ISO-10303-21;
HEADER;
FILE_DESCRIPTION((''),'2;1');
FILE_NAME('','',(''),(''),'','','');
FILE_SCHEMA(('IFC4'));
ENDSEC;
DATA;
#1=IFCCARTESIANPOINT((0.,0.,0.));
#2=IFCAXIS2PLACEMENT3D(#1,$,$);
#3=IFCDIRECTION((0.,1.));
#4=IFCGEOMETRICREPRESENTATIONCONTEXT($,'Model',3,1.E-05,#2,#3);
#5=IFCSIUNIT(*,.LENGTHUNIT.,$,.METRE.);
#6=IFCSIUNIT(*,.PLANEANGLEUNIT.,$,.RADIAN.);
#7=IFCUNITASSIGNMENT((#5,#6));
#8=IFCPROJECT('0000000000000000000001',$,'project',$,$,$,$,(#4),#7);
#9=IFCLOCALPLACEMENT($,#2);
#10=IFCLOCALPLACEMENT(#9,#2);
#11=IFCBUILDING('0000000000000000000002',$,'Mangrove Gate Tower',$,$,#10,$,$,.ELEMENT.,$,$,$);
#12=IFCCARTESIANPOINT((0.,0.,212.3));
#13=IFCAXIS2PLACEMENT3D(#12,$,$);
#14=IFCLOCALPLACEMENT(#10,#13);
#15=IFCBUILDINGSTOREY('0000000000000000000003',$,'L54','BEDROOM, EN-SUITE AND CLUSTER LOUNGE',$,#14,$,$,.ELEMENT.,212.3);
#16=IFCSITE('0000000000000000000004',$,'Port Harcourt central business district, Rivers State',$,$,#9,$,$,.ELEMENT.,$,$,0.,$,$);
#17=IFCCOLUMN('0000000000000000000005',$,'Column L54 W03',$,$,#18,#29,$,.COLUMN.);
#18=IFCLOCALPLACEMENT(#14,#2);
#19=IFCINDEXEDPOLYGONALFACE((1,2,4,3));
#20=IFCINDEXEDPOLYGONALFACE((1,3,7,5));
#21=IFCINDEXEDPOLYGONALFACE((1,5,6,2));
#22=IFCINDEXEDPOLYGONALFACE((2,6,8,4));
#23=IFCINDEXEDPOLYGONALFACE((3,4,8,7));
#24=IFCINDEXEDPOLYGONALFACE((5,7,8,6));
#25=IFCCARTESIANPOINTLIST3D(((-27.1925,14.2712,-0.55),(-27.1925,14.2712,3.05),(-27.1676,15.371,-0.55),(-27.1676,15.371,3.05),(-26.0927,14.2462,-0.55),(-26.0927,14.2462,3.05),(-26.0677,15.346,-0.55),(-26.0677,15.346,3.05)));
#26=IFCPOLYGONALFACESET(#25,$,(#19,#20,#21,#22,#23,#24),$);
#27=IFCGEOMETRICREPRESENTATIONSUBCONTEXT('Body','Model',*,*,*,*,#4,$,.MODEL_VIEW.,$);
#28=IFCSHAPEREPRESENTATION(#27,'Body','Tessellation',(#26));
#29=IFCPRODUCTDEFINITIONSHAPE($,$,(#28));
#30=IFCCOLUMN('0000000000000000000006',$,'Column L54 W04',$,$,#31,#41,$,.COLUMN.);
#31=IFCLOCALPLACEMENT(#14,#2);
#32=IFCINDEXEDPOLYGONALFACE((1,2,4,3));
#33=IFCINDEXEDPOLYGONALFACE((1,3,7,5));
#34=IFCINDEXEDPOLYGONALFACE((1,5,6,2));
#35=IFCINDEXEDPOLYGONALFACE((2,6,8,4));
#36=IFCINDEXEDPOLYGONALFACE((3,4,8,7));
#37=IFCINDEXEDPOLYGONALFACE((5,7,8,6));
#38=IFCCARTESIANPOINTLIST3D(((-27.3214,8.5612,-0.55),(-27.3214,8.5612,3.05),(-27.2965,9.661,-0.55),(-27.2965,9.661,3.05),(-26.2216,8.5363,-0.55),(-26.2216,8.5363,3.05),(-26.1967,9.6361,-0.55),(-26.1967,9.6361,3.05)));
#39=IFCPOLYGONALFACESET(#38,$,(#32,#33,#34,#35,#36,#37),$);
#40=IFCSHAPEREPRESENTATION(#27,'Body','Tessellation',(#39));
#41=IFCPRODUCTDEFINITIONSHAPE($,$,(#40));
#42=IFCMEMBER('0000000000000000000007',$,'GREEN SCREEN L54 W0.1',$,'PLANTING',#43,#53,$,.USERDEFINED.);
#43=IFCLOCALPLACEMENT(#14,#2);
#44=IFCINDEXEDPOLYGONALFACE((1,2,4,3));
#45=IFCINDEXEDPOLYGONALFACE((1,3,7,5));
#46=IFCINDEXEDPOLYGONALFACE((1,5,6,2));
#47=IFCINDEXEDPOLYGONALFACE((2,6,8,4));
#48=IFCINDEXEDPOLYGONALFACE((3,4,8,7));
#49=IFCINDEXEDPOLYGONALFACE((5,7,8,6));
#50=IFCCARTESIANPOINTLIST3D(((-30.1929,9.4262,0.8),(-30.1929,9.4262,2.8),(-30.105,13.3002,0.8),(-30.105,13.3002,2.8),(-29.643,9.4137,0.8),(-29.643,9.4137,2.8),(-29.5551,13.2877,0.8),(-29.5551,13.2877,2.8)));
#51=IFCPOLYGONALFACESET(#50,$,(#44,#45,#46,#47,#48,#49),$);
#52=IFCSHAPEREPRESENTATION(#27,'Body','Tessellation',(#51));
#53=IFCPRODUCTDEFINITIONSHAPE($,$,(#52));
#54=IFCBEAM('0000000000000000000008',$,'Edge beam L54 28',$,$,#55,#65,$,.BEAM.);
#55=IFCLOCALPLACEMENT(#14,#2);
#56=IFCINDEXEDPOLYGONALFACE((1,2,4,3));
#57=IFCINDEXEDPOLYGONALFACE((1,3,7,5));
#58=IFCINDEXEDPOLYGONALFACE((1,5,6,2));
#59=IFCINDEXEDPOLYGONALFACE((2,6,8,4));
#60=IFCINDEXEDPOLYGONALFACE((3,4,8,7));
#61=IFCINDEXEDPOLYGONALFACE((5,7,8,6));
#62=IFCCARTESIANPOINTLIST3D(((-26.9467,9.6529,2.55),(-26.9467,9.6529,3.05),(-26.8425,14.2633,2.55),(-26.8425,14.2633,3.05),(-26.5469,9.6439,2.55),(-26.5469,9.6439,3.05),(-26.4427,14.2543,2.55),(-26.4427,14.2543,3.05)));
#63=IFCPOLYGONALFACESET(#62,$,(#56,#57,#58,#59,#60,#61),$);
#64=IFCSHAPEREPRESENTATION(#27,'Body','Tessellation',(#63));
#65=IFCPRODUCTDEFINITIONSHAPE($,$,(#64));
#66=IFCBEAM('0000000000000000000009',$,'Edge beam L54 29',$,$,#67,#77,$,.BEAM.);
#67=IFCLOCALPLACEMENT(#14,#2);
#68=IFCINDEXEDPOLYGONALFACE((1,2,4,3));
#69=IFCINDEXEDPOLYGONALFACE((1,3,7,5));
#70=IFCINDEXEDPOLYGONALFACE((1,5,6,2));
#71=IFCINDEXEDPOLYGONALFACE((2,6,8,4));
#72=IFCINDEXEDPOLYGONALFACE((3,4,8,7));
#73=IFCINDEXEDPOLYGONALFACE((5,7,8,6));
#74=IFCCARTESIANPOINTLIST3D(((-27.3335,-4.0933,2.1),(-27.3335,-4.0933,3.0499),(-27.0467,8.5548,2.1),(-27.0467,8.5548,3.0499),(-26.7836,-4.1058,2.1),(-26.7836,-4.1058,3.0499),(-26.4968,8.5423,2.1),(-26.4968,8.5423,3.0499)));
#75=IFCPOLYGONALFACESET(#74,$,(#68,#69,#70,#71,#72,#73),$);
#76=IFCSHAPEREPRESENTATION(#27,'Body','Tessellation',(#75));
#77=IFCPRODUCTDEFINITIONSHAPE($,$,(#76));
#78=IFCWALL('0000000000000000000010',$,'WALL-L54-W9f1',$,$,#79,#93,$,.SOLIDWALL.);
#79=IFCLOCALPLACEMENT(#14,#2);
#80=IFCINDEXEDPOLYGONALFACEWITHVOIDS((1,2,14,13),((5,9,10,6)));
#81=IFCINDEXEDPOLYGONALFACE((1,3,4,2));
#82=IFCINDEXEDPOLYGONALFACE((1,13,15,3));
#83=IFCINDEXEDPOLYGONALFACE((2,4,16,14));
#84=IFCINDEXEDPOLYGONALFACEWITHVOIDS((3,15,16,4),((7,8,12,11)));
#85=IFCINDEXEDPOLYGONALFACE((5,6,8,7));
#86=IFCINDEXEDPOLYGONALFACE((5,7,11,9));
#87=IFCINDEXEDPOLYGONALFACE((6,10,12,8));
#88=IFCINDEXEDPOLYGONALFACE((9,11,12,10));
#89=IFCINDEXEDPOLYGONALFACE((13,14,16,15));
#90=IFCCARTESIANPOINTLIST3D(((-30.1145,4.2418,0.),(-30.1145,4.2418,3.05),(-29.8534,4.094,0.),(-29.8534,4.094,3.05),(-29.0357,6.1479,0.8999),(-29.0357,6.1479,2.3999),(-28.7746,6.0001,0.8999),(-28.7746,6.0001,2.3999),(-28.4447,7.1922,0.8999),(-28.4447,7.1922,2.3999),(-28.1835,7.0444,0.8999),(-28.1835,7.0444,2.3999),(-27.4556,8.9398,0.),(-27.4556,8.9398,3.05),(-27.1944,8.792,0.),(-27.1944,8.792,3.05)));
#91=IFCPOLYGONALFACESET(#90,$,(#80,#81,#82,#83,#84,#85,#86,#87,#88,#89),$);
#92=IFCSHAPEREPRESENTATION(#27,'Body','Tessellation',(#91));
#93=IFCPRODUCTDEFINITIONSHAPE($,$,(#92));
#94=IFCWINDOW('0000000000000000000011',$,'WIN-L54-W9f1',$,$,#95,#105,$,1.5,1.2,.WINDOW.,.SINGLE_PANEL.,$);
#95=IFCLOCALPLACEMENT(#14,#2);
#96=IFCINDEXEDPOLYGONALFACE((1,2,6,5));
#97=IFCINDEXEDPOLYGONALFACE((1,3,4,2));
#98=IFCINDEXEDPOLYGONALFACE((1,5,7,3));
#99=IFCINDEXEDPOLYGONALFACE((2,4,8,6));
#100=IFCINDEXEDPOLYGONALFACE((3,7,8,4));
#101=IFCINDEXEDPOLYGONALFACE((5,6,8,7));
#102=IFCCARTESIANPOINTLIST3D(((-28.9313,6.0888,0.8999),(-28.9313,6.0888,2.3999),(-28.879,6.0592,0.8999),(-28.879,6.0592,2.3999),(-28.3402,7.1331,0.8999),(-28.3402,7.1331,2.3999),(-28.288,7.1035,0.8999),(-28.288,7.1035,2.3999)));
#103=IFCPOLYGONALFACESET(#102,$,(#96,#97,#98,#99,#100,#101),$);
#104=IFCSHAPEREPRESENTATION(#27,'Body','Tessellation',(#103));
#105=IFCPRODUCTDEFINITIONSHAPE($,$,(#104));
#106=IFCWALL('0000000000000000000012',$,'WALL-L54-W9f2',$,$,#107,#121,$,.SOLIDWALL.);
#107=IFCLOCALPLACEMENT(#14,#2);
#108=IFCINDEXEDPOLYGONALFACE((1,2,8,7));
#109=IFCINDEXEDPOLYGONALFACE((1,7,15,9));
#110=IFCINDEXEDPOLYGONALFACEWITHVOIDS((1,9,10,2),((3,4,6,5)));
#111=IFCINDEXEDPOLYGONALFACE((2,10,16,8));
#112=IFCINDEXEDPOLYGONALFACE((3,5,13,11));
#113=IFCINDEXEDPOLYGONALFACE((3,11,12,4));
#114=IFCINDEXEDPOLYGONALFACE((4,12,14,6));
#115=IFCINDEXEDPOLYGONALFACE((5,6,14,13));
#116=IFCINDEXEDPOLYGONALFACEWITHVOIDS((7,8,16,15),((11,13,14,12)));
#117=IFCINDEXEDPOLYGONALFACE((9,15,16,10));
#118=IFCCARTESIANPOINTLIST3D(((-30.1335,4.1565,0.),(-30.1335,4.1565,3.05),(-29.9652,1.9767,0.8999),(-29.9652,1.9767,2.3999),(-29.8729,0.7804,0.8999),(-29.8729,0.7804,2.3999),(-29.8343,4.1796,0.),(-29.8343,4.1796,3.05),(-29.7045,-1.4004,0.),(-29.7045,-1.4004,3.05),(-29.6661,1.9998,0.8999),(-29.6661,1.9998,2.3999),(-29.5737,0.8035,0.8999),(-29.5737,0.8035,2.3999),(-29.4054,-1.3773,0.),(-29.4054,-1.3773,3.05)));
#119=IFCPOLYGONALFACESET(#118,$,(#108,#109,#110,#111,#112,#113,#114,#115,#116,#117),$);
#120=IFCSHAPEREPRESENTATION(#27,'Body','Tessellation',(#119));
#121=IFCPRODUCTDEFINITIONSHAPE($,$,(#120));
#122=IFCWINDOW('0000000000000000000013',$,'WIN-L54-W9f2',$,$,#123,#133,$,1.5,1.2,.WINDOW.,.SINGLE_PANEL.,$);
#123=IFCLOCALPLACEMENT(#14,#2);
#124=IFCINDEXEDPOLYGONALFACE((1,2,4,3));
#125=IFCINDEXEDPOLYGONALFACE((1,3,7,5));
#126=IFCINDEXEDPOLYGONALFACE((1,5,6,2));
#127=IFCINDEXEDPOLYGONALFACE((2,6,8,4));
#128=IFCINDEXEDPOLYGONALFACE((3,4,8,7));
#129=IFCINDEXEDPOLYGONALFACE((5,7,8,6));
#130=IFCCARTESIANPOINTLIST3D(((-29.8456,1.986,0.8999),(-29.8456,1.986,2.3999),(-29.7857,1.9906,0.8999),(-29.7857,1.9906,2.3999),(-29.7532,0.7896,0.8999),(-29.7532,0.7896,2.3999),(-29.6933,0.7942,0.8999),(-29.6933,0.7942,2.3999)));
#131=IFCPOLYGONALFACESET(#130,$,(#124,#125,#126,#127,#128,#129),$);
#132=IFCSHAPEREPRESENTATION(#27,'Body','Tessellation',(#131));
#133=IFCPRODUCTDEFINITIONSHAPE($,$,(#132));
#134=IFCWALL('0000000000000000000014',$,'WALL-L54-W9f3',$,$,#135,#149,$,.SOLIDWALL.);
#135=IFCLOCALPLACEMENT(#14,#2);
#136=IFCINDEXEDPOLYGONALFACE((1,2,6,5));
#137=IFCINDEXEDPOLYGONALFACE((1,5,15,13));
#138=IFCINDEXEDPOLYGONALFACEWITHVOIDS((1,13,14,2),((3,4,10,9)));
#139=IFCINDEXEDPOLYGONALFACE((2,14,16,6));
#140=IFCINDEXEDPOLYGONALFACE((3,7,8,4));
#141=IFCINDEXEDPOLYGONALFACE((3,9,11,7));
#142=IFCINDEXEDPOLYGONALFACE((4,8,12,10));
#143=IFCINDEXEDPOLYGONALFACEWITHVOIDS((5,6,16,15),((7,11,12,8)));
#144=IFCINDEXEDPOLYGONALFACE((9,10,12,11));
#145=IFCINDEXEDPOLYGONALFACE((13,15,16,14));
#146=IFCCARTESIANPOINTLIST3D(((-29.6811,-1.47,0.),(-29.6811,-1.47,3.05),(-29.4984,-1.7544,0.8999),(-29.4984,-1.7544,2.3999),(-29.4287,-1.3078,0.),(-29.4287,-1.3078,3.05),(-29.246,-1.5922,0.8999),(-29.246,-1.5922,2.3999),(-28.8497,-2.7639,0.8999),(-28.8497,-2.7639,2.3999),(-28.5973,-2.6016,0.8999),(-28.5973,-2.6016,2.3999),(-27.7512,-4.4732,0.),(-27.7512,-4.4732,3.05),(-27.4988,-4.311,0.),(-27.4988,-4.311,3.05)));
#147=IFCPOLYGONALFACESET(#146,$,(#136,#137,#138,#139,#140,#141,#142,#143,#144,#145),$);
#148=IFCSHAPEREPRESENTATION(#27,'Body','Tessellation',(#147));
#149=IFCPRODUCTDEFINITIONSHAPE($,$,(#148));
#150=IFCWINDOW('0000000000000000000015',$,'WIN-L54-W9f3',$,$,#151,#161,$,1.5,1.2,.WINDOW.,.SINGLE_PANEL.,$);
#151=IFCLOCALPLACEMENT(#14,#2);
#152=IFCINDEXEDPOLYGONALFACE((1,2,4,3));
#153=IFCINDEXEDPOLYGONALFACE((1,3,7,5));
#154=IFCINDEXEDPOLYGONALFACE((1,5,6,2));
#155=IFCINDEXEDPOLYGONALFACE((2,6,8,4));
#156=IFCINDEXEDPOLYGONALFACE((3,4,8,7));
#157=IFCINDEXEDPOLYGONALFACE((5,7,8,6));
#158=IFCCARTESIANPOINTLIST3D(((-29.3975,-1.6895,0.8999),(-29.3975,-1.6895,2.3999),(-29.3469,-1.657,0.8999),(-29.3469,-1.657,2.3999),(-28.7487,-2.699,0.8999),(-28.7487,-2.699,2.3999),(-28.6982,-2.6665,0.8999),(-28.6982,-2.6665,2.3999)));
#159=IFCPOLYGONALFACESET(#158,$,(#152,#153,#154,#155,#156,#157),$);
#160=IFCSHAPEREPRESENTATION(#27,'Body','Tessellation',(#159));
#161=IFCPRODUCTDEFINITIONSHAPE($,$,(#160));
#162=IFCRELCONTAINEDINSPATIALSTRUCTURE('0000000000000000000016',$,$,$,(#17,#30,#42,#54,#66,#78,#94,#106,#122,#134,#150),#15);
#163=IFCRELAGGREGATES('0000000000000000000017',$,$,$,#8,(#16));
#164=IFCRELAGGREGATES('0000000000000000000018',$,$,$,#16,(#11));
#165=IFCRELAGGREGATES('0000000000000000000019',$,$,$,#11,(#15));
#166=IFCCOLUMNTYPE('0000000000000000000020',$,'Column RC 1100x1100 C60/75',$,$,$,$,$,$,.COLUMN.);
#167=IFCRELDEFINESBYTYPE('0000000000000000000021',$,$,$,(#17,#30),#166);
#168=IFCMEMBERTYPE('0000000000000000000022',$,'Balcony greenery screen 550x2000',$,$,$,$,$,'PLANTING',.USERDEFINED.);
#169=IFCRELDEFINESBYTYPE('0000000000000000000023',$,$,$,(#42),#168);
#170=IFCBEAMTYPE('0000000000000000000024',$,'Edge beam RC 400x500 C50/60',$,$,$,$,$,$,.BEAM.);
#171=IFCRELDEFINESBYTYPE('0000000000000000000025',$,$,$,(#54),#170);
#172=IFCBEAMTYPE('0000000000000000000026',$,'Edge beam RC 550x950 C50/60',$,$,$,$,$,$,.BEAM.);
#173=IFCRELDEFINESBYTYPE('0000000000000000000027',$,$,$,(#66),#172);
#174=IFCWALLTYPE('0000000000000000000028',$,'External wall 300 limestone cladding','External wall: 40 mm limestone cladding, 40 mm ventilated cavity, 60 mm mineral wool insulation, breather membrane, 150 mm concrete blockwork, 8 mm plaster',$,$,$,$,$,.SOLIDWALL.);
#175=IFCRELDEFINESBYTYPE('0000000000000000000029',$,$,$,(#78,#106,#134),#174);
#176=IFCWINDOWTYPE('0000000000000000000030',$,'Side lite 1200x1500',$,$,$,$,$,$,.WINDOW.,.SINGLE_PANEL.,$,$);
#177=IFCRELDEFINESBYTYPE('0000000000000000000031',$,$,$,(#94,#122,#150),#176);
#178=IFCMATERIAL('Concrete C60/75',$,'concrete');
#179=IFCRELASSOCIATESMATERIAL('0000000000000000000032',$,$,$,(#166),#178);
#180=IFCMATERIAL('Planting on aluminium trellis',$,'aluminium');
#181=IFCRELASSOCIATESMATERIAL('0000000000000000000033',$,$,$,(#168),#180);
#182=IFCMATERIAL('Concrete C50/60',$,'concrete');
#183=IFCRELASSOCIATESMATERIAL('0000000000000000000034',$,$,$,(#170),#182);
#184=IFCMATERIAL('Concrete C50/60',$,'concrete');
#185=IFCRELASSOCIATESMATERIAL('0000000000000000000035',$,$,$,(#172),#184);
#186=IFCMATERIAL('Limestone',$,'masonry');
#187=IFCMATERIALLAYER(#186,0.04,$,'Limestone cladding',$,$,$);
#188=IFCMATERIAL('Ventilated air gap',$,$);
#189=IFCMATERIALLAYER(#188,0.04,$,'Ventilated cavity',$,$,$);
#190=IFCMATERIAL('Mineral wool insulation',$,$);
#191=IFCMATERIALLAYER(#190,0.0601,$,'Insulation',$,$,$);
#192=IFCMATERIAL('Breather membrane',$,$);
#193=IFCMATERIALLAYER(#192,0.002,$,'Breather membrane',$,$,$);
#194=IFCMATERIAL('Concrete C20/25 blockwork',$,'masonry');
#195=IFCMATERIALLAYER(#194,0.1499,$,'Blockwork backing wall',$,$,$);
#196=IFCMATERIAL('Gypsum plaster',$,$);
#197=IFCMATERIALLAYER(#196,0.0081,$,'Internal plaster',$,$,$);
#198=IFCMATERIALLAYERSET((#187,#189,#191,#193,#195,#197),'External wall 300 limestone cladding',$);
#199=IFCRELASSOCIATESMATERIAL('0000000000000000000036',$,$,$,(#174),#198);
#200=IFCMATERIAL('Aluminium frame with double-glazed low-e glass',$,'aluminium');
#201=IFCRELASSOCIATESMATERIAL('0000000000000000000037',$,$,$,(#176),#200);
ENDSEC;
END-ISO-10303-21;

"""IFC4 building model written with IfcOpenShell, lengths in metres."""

from ifc_helpers import new_model, si_unit, direction, frame, frame_2d, origin, origin_2d, place, context, subcontext, project, spatial, rectangle, extrude, material, layer, layer_set, material_profile, profile_set, type_object, element, fill, save


model = new_model("IFC4")

# Units and contexts
model_context = context("Model", 3, precision=1e-05, world=origin(), true_north=direction((0.0, 1.0)))
body_context = subcontext(model_context, "Body", "Model", "MODEL_VIEW")
ifc_project = project(units=[si_unit("LENGTHUNIT", "METRE"), si_unit("PLANEANGLEUNIT", "RADIAN")], contexts=[model_context])

# Site, building, storey
site_placement = place(None, origin())
site = spatial("IfcSite", under=ifc_project, at=site_placement, Name="Port Harcourt central business district, Rivers State", CompositionType="ELEMENT", RefElevation=0.0)
building_placement = place(site_placement, origin())
building = spatial("IfcBuilding", under=site, at=building_placement, Name="Mangrove Gate Tower", CompositionType="ELEMENT")
storey_placement = place(building_placement, frame((0.0, 0.0, 212.3)))
storey = spatial("IfcBuildingStorey", under=building, at=storey_placement, Name="L54", Description="BEDROOM, EN-SUITE AND CLUSTER LOUNGE", CompositionType="ELEMENT", Elevation=212.3)

# Columns
ifc_material_1 = material(Name="Concrete C60/75", Category="concrete")
ifc_material_profile_1 = material_profile(ifc_material_1, rectangle(XDim=1.1001, YDim=1.1001, at=origin_2d()))
ifc_profile_set_1 = profile_set([ifc_material_profile_1], Name="Concrete C60/75")
column_type = type_object("IfcColumnType", Name="Column RC 1100x1100 C60/75", PredefinedType="COLUMN", material=ifc_profile_set_1)
for number, where, z_axis, x_axis, name in (
    (1, (-26.6301, 14.8086, -0.55), (0.0, 0.0, 1.0), (-0.022672, -0.999743, 0.0), "Column L54 W03"),
    (2, (-26.759, 9.0986, -0.55), (0.0, 0.0, 1.0), (-0.022658, -0.999743, 0.0), "Column L54 W04"),
):
    element("IfcColumn", number, at=place(storey_placement, frame(where, z_axis=z_axis, x_axis=x_axis)), inside=storey, type_object=column_type, Name=name, PredefinedType="COLUMN", context=body_context, shape_type="SweptSolid", body=[
        extrude(rectangle(XDim=1.1001, YDim=1.1001, at=origin_2d()), origin(), (0.0, 0.0, 1.0), 3.6001),
    ])

# Member
ifc_material_2 = material(Name="Planting on aluminium trellis", Category="aluminium")
ifc_material_profile_2 = material_profile(ifc_material_2, rectangle(XDim=0.55, YDim=2.0, at=origin_2d()))
ifc_profile_set_2 = profile_set([ifc_material_profile_2], Name="Planting on aluminium trellis")
member_type = type_object("IfcMemberType", Name="Balcony greenery screen 550x2000", ElementType="PLANTING", PredefinedType="USERDEFINED", material=ifc_profile_set_2)
member_placement = place(storey_placement, frame((-29.918, 9.4199, 1.8), z_axis=(0.022681, 0.999743, 0.0), x_axis=(-0.999743, 0.022681, 0.0)))
element("IfcMember", 3, at=member_placement, inside=storey, type_object=member_type, Name="GREEN SCREEN L54 W0.1", ObjectType="PLANTING", PredefinedType="USERDEFINED", context=body_context, shape_type="SweptSolid", body=[
    extrude(rectangle(XDim=0.55, YDim=2.0, at=origin_2d()), origin(), (0.0, 0.0, 1.0), 3.875),
])

# Beams
ifc_material_3 = material(Name="Concrete C50/60", Category="concrete")
ifc_material_profile_3 = material_profile(ifc_material_3, rectangle(XDim=0.3999, YDim=0.5, at=origin_2d()))
ifc_profile_set_3 = profile_set([ifc_material_profile_3], Name="Concrete C50/60")
beam_type_1 = type_object("IfcBeamType", Name="Edge beam RC 400x500 C50/60", PredefinedType="BEAM", material=ifc_profile_set_3)
beam_1_placement = place(storey_placement, frame((-26.6426, 14.2588, 2.8), z_axis=(-0.022606, -0.999744, 0.0), x_axis=(0.999744, -0.022606, 0.0)))
element("IfcBeam", 4, at=beam_1_placement, inside=storey, type_object=beam_type_1, Name="Edge beam L54 28", PredefinedType="BEAM", context=body_context, shape_type="SweptSolid", body=[
    extrude(rectangle(XDim=0.3999, YDim=0.5, at=origin_2d()), origin(), (0.0, 0.0, 1.0), 4.6116),
])
ifc_material_4 = material(Name="Concrete C50/60", Category="concrete")
ifc_material_profile_4 = material_profile(ifc_material_4, rectangle(XDim=0.55, YDim=0.95, at=origin_2d()))
ifc_profile_set_4 = profile_set([ifc_material_profile_4], Name="Concrete C50/60")
beam_type_2 = type_object("IfcBeamType", Name="Edge beam RC 550x950 C50/60", PredefinedType="BEAM", material=ifc_profile_set_4)
beam_2_placement = place(storey_placement, frame((-26.7717, 8.5486, 2.575), z_axis=(-0.022675, -0.999743, 0.0), x_axis=(0.999743, -0.022675, 0.0)))
element("IfcBeam", 5, at=beam_2_placement, inside=storey, type_object=beam_type_2, Name="Edge beam L54 29", PredefinedType="BEAM", context=body_context, shape_type="SweptSolid", body=[
    extrude(rectangle(XDim=0.55, YDim=0.95, at=origin_2d()), origin(), (0.0, 0.0, 1.0), 12.6514),
])

# Walls, openings, windows
ifc_material_5 = material(Name="Limestone", Category="masonry")
ifc_layer_1 = layer(ifc_material_5, 0.04, Name="Limestone cladding")
ifc_material_6 = material(Name="Ventilated air gap")
ifc_layer_2 = layer(ifc_material_6, 0.04, Name="Ventilated cavity")
ifc_material_7 = material(Name="Mineral wool insulation")
ifc_layer_3 = layer(ifc_material_7, 0.0601, Name="Insulation")
ifc_material_8 = material(Name="Breather membrane")
ifc_layer_4 = layer(ifc_material_8, 0.002, Name="Breather membrane")
ifc_material_9 = material(Name="Concrete C20/25 blockwork", Category="masonry")
ifc_layer_5 = layer(ifc_material_9, 0.1499, Name="Blockwork backing wall")
ifc_material_10 = material(Name="Gypsum plaster")
ifc_layer_6 = layer(ifc_material_10, 0.0081, Name="Internal plaster")
ifc_layer_set_1 = layer_set([ifc_layer_1, ifc_layer_2, ifc_layer_3, ifc_layer_4, ifc_layer_5, ifc_layer_6], Name="External wall 300 limestone cladding")
wall_type_1 = type_object("IfcWallType", Name="External wall 300 limestone cladding", Description="External wall: 40 mm limestone cladding, 40 mm ventilated cavity, 60 mm mineral wool insulation, breather membrane, 150 mm concrete blockwork, 8 mm plaster", PredefinedType="SOLIDWALL", material=ifc_layer_set_1)
wall_1_placement = place(storey_placement, frame((-27.325, 8.866, 0.0), z_axis=(0.0, 0.0, 1.0), x_axis=(-0.492555, -0.870281, 0.0)))
wall_1 = element("IfcWall", 6, at=wall_1_placement, inside=storey, type_object=wall_type_1, Name="WALL-L54-W9f1", PredefinedType="SOLIDWALL", context=body_context, shape_type="SweptSolid", body=[
    extrude(rectangle(XDim=5.3982, YDim=0.3, at=frame_2d((2.6992, 0.0))), origin(), (0.0, 0.0, 1.0), 3.05),
])
opening_1_placement = place(wall_1_placement, frame((2.0081, 0.0, 0.8999)))
opening_1 = element("IfcOpeningElement", 7, at=opening_1_placement, cuts=wall_1, PredefinedType="OPENING", context=body_context, shape_type="SweptSolid", body=[
    extrude(rectangle(XDim=1.2, YDim=1.5, at=frame_2d((0.6001, 0.75))), frame((0.0, 0.1599, 0.0), z_axis=(0.0, -1.0, 0.0), x_axis=(1.0, 0.0, 0.0)), (0.0, 0.0, 1.0), 0.3201),
])
ifc_material_11 = material(Name="Aluminium frame with double-glazed low-e glass", Category="aluminium")
window_type_1 = type_object("IfcWindowType", Name="Side lite 1200x1500", PartitioningType="SINGLE_PANEL", PredefinedType="WINDOW", material=ifc_material_11)
window_1_placement = place(opening_1_placement, origin())
window_1 = element("IfcWindow", 8, at=window_1_placement, inside=storey, type_object=window_type_1, Name="WIN-L54-W9f1", OverallHeight=1.5, OverallWidth=1.2, PartitioningType="SINGLE_PANEL", PredefinedType="WINDOW", context=body_context, shape_type="SweptSolid", body=[
    extrude(rectangle(XDim=1.2, YDim=1.5, at=frame_2d((0.6001, 0.75))), frame((0.0, 0.03, 0.0), z_axis=(0.0, -1.0, 0.0), x_axis=(1.0, 0.0, 0.0)), (0.0, 0.0, 1.0), 0.0601),
])
fill(opening_1, window_1)
wall_2_placement = place(storey_placement, frame((-29.9839, 4.168, 0.0), z_axis=(0.0, 0.0, 1.0), x_axis=(0.076964, -0.997034, 0.0)))
wall_2 = element("IfcWall", 9, at=wall_2_placement, inside=storey, type_object=wall_type_1, Name="WALL-L54-W9f2", PredefinedType="SOLIDWALL", context=body_context, shape_type="SweptSolid", body=[
    extrude(rectangle(XDim=5.5735, YDim=0.3, at=frame_2d((2.7866, 0.0))), origin(), (0.0, 0.0, 1.0), 3.05),
])
opening_2_placement = place(wall_2_placement, frame((2.186, 0.0, 0.8999)))
opening_2 = element("IfcOpeningElement", 10, at=opening_2_placement, cuts=wall_2, PredefinedType="OPENING", context=body_context, shape_type="SweptSolid", body=[
    extrude(rectangle(XDim=1.2, YDim=1.5, at=frame_2d((0.6001, 0.75))), frame((0.0, 0.1599, 0.0), z_axis=(0.0, -1.0, 0.0), x_axis=(1.0, 0.0, 0.0)), (0.0, 0.0, 1.0), 0.3201),
])
window_2_placement = place(opening_2_placement, origin())
window_2 = element("IfcWindow", 11, at=window_2_placement, inside=storey, type_object=window_type_1, Name="WIN-L54-W9f2", OverallHeight=1.5, OverallWidth=1.2, PartitioningType="SINGLE_PANEL", PredefinedType="WINDOW", context=body_context, shape_type="SweptSolid", body=[
    extrude(rectangle(XDim=1.2, YDim=1.5, at=frame_2d((0.6001, 0.75))), frame((0.0, 0.03, 0.0), z_axis=(0.0, -1.0, 0.0), x_axis=(1.0, 0.0, 0.0)), (0.0, 0.0, 1.0), 0.0601),
])
fill(opening_2, window_2)
wall_3_placement = place(storey_placement, frame((-29.5549, -1.3889, 0.0), z_axis=(0.0, 0.0, 1.0), x_axis=(0.540623, -0.841265, 0.0)))
wall_3 = element("IfcWall", 12, at=wall_3_placement, inside=storey, type_object=wall_type_1, Name="WALL-L54-W9f3", PredefinedType="SOLIDWALL", context=body_context, shape_type="SweptSolid", body=[
    extrude(rectangle(XDim=3.5698, YDim=0.3, at=frame_2d((1.7849, 0.0))), origin(), (0.0, 0.0, 1.0), 3.05),
])
opening_3_placement = place(wall_3_placement, frame((0.3379, 0.0, 0.8999)))
opening_3 = element("IfcOpeningElement", 13, at=opening_3_placement, cuts=wall_3, PredefinedType="OPENING", context=body_context, shape_type="SweptSolid", body=[
    extrude(rectangle(XDim=1.2, YDim=1.5, at=frame_2d((0.6001, 0.75))), frame((0.0, 0.1599, 0.0), z_axis=(0.0, -1.0, 0.0), x_axis=(1.0, 0.0, 0.0)), (0.0, 0.0, 1.0), 0.3201),
])
window_3_placement = place(opening_3_placement, origin())
window_3 = element("IfcWindow", 14, at=window_3_placement, inside=storey, type_object=window_type_1, Name="WIN-L54-W9f3", OverallHeight=1.5, OverallWidth=1.2, PartitioningType="SINGLE_PANEL", PredefinedType="WINDOW", context=body_context, shape_type="SweptSolid", body=[
    extrude(rectangle(XDim=1.2, YDim=1.5, at=frame_2d((0.6001, 0.75))), frame((0.0, 0.03, 0.0), z_axis=(0.0, -1.0, 0.0), x_axis=(1.0, 0.0, 0.0)), (0.0, 0.0, 1.0), 0.0601),
])
fill(opening_3, window_3)

save(model, "model.ifc")
